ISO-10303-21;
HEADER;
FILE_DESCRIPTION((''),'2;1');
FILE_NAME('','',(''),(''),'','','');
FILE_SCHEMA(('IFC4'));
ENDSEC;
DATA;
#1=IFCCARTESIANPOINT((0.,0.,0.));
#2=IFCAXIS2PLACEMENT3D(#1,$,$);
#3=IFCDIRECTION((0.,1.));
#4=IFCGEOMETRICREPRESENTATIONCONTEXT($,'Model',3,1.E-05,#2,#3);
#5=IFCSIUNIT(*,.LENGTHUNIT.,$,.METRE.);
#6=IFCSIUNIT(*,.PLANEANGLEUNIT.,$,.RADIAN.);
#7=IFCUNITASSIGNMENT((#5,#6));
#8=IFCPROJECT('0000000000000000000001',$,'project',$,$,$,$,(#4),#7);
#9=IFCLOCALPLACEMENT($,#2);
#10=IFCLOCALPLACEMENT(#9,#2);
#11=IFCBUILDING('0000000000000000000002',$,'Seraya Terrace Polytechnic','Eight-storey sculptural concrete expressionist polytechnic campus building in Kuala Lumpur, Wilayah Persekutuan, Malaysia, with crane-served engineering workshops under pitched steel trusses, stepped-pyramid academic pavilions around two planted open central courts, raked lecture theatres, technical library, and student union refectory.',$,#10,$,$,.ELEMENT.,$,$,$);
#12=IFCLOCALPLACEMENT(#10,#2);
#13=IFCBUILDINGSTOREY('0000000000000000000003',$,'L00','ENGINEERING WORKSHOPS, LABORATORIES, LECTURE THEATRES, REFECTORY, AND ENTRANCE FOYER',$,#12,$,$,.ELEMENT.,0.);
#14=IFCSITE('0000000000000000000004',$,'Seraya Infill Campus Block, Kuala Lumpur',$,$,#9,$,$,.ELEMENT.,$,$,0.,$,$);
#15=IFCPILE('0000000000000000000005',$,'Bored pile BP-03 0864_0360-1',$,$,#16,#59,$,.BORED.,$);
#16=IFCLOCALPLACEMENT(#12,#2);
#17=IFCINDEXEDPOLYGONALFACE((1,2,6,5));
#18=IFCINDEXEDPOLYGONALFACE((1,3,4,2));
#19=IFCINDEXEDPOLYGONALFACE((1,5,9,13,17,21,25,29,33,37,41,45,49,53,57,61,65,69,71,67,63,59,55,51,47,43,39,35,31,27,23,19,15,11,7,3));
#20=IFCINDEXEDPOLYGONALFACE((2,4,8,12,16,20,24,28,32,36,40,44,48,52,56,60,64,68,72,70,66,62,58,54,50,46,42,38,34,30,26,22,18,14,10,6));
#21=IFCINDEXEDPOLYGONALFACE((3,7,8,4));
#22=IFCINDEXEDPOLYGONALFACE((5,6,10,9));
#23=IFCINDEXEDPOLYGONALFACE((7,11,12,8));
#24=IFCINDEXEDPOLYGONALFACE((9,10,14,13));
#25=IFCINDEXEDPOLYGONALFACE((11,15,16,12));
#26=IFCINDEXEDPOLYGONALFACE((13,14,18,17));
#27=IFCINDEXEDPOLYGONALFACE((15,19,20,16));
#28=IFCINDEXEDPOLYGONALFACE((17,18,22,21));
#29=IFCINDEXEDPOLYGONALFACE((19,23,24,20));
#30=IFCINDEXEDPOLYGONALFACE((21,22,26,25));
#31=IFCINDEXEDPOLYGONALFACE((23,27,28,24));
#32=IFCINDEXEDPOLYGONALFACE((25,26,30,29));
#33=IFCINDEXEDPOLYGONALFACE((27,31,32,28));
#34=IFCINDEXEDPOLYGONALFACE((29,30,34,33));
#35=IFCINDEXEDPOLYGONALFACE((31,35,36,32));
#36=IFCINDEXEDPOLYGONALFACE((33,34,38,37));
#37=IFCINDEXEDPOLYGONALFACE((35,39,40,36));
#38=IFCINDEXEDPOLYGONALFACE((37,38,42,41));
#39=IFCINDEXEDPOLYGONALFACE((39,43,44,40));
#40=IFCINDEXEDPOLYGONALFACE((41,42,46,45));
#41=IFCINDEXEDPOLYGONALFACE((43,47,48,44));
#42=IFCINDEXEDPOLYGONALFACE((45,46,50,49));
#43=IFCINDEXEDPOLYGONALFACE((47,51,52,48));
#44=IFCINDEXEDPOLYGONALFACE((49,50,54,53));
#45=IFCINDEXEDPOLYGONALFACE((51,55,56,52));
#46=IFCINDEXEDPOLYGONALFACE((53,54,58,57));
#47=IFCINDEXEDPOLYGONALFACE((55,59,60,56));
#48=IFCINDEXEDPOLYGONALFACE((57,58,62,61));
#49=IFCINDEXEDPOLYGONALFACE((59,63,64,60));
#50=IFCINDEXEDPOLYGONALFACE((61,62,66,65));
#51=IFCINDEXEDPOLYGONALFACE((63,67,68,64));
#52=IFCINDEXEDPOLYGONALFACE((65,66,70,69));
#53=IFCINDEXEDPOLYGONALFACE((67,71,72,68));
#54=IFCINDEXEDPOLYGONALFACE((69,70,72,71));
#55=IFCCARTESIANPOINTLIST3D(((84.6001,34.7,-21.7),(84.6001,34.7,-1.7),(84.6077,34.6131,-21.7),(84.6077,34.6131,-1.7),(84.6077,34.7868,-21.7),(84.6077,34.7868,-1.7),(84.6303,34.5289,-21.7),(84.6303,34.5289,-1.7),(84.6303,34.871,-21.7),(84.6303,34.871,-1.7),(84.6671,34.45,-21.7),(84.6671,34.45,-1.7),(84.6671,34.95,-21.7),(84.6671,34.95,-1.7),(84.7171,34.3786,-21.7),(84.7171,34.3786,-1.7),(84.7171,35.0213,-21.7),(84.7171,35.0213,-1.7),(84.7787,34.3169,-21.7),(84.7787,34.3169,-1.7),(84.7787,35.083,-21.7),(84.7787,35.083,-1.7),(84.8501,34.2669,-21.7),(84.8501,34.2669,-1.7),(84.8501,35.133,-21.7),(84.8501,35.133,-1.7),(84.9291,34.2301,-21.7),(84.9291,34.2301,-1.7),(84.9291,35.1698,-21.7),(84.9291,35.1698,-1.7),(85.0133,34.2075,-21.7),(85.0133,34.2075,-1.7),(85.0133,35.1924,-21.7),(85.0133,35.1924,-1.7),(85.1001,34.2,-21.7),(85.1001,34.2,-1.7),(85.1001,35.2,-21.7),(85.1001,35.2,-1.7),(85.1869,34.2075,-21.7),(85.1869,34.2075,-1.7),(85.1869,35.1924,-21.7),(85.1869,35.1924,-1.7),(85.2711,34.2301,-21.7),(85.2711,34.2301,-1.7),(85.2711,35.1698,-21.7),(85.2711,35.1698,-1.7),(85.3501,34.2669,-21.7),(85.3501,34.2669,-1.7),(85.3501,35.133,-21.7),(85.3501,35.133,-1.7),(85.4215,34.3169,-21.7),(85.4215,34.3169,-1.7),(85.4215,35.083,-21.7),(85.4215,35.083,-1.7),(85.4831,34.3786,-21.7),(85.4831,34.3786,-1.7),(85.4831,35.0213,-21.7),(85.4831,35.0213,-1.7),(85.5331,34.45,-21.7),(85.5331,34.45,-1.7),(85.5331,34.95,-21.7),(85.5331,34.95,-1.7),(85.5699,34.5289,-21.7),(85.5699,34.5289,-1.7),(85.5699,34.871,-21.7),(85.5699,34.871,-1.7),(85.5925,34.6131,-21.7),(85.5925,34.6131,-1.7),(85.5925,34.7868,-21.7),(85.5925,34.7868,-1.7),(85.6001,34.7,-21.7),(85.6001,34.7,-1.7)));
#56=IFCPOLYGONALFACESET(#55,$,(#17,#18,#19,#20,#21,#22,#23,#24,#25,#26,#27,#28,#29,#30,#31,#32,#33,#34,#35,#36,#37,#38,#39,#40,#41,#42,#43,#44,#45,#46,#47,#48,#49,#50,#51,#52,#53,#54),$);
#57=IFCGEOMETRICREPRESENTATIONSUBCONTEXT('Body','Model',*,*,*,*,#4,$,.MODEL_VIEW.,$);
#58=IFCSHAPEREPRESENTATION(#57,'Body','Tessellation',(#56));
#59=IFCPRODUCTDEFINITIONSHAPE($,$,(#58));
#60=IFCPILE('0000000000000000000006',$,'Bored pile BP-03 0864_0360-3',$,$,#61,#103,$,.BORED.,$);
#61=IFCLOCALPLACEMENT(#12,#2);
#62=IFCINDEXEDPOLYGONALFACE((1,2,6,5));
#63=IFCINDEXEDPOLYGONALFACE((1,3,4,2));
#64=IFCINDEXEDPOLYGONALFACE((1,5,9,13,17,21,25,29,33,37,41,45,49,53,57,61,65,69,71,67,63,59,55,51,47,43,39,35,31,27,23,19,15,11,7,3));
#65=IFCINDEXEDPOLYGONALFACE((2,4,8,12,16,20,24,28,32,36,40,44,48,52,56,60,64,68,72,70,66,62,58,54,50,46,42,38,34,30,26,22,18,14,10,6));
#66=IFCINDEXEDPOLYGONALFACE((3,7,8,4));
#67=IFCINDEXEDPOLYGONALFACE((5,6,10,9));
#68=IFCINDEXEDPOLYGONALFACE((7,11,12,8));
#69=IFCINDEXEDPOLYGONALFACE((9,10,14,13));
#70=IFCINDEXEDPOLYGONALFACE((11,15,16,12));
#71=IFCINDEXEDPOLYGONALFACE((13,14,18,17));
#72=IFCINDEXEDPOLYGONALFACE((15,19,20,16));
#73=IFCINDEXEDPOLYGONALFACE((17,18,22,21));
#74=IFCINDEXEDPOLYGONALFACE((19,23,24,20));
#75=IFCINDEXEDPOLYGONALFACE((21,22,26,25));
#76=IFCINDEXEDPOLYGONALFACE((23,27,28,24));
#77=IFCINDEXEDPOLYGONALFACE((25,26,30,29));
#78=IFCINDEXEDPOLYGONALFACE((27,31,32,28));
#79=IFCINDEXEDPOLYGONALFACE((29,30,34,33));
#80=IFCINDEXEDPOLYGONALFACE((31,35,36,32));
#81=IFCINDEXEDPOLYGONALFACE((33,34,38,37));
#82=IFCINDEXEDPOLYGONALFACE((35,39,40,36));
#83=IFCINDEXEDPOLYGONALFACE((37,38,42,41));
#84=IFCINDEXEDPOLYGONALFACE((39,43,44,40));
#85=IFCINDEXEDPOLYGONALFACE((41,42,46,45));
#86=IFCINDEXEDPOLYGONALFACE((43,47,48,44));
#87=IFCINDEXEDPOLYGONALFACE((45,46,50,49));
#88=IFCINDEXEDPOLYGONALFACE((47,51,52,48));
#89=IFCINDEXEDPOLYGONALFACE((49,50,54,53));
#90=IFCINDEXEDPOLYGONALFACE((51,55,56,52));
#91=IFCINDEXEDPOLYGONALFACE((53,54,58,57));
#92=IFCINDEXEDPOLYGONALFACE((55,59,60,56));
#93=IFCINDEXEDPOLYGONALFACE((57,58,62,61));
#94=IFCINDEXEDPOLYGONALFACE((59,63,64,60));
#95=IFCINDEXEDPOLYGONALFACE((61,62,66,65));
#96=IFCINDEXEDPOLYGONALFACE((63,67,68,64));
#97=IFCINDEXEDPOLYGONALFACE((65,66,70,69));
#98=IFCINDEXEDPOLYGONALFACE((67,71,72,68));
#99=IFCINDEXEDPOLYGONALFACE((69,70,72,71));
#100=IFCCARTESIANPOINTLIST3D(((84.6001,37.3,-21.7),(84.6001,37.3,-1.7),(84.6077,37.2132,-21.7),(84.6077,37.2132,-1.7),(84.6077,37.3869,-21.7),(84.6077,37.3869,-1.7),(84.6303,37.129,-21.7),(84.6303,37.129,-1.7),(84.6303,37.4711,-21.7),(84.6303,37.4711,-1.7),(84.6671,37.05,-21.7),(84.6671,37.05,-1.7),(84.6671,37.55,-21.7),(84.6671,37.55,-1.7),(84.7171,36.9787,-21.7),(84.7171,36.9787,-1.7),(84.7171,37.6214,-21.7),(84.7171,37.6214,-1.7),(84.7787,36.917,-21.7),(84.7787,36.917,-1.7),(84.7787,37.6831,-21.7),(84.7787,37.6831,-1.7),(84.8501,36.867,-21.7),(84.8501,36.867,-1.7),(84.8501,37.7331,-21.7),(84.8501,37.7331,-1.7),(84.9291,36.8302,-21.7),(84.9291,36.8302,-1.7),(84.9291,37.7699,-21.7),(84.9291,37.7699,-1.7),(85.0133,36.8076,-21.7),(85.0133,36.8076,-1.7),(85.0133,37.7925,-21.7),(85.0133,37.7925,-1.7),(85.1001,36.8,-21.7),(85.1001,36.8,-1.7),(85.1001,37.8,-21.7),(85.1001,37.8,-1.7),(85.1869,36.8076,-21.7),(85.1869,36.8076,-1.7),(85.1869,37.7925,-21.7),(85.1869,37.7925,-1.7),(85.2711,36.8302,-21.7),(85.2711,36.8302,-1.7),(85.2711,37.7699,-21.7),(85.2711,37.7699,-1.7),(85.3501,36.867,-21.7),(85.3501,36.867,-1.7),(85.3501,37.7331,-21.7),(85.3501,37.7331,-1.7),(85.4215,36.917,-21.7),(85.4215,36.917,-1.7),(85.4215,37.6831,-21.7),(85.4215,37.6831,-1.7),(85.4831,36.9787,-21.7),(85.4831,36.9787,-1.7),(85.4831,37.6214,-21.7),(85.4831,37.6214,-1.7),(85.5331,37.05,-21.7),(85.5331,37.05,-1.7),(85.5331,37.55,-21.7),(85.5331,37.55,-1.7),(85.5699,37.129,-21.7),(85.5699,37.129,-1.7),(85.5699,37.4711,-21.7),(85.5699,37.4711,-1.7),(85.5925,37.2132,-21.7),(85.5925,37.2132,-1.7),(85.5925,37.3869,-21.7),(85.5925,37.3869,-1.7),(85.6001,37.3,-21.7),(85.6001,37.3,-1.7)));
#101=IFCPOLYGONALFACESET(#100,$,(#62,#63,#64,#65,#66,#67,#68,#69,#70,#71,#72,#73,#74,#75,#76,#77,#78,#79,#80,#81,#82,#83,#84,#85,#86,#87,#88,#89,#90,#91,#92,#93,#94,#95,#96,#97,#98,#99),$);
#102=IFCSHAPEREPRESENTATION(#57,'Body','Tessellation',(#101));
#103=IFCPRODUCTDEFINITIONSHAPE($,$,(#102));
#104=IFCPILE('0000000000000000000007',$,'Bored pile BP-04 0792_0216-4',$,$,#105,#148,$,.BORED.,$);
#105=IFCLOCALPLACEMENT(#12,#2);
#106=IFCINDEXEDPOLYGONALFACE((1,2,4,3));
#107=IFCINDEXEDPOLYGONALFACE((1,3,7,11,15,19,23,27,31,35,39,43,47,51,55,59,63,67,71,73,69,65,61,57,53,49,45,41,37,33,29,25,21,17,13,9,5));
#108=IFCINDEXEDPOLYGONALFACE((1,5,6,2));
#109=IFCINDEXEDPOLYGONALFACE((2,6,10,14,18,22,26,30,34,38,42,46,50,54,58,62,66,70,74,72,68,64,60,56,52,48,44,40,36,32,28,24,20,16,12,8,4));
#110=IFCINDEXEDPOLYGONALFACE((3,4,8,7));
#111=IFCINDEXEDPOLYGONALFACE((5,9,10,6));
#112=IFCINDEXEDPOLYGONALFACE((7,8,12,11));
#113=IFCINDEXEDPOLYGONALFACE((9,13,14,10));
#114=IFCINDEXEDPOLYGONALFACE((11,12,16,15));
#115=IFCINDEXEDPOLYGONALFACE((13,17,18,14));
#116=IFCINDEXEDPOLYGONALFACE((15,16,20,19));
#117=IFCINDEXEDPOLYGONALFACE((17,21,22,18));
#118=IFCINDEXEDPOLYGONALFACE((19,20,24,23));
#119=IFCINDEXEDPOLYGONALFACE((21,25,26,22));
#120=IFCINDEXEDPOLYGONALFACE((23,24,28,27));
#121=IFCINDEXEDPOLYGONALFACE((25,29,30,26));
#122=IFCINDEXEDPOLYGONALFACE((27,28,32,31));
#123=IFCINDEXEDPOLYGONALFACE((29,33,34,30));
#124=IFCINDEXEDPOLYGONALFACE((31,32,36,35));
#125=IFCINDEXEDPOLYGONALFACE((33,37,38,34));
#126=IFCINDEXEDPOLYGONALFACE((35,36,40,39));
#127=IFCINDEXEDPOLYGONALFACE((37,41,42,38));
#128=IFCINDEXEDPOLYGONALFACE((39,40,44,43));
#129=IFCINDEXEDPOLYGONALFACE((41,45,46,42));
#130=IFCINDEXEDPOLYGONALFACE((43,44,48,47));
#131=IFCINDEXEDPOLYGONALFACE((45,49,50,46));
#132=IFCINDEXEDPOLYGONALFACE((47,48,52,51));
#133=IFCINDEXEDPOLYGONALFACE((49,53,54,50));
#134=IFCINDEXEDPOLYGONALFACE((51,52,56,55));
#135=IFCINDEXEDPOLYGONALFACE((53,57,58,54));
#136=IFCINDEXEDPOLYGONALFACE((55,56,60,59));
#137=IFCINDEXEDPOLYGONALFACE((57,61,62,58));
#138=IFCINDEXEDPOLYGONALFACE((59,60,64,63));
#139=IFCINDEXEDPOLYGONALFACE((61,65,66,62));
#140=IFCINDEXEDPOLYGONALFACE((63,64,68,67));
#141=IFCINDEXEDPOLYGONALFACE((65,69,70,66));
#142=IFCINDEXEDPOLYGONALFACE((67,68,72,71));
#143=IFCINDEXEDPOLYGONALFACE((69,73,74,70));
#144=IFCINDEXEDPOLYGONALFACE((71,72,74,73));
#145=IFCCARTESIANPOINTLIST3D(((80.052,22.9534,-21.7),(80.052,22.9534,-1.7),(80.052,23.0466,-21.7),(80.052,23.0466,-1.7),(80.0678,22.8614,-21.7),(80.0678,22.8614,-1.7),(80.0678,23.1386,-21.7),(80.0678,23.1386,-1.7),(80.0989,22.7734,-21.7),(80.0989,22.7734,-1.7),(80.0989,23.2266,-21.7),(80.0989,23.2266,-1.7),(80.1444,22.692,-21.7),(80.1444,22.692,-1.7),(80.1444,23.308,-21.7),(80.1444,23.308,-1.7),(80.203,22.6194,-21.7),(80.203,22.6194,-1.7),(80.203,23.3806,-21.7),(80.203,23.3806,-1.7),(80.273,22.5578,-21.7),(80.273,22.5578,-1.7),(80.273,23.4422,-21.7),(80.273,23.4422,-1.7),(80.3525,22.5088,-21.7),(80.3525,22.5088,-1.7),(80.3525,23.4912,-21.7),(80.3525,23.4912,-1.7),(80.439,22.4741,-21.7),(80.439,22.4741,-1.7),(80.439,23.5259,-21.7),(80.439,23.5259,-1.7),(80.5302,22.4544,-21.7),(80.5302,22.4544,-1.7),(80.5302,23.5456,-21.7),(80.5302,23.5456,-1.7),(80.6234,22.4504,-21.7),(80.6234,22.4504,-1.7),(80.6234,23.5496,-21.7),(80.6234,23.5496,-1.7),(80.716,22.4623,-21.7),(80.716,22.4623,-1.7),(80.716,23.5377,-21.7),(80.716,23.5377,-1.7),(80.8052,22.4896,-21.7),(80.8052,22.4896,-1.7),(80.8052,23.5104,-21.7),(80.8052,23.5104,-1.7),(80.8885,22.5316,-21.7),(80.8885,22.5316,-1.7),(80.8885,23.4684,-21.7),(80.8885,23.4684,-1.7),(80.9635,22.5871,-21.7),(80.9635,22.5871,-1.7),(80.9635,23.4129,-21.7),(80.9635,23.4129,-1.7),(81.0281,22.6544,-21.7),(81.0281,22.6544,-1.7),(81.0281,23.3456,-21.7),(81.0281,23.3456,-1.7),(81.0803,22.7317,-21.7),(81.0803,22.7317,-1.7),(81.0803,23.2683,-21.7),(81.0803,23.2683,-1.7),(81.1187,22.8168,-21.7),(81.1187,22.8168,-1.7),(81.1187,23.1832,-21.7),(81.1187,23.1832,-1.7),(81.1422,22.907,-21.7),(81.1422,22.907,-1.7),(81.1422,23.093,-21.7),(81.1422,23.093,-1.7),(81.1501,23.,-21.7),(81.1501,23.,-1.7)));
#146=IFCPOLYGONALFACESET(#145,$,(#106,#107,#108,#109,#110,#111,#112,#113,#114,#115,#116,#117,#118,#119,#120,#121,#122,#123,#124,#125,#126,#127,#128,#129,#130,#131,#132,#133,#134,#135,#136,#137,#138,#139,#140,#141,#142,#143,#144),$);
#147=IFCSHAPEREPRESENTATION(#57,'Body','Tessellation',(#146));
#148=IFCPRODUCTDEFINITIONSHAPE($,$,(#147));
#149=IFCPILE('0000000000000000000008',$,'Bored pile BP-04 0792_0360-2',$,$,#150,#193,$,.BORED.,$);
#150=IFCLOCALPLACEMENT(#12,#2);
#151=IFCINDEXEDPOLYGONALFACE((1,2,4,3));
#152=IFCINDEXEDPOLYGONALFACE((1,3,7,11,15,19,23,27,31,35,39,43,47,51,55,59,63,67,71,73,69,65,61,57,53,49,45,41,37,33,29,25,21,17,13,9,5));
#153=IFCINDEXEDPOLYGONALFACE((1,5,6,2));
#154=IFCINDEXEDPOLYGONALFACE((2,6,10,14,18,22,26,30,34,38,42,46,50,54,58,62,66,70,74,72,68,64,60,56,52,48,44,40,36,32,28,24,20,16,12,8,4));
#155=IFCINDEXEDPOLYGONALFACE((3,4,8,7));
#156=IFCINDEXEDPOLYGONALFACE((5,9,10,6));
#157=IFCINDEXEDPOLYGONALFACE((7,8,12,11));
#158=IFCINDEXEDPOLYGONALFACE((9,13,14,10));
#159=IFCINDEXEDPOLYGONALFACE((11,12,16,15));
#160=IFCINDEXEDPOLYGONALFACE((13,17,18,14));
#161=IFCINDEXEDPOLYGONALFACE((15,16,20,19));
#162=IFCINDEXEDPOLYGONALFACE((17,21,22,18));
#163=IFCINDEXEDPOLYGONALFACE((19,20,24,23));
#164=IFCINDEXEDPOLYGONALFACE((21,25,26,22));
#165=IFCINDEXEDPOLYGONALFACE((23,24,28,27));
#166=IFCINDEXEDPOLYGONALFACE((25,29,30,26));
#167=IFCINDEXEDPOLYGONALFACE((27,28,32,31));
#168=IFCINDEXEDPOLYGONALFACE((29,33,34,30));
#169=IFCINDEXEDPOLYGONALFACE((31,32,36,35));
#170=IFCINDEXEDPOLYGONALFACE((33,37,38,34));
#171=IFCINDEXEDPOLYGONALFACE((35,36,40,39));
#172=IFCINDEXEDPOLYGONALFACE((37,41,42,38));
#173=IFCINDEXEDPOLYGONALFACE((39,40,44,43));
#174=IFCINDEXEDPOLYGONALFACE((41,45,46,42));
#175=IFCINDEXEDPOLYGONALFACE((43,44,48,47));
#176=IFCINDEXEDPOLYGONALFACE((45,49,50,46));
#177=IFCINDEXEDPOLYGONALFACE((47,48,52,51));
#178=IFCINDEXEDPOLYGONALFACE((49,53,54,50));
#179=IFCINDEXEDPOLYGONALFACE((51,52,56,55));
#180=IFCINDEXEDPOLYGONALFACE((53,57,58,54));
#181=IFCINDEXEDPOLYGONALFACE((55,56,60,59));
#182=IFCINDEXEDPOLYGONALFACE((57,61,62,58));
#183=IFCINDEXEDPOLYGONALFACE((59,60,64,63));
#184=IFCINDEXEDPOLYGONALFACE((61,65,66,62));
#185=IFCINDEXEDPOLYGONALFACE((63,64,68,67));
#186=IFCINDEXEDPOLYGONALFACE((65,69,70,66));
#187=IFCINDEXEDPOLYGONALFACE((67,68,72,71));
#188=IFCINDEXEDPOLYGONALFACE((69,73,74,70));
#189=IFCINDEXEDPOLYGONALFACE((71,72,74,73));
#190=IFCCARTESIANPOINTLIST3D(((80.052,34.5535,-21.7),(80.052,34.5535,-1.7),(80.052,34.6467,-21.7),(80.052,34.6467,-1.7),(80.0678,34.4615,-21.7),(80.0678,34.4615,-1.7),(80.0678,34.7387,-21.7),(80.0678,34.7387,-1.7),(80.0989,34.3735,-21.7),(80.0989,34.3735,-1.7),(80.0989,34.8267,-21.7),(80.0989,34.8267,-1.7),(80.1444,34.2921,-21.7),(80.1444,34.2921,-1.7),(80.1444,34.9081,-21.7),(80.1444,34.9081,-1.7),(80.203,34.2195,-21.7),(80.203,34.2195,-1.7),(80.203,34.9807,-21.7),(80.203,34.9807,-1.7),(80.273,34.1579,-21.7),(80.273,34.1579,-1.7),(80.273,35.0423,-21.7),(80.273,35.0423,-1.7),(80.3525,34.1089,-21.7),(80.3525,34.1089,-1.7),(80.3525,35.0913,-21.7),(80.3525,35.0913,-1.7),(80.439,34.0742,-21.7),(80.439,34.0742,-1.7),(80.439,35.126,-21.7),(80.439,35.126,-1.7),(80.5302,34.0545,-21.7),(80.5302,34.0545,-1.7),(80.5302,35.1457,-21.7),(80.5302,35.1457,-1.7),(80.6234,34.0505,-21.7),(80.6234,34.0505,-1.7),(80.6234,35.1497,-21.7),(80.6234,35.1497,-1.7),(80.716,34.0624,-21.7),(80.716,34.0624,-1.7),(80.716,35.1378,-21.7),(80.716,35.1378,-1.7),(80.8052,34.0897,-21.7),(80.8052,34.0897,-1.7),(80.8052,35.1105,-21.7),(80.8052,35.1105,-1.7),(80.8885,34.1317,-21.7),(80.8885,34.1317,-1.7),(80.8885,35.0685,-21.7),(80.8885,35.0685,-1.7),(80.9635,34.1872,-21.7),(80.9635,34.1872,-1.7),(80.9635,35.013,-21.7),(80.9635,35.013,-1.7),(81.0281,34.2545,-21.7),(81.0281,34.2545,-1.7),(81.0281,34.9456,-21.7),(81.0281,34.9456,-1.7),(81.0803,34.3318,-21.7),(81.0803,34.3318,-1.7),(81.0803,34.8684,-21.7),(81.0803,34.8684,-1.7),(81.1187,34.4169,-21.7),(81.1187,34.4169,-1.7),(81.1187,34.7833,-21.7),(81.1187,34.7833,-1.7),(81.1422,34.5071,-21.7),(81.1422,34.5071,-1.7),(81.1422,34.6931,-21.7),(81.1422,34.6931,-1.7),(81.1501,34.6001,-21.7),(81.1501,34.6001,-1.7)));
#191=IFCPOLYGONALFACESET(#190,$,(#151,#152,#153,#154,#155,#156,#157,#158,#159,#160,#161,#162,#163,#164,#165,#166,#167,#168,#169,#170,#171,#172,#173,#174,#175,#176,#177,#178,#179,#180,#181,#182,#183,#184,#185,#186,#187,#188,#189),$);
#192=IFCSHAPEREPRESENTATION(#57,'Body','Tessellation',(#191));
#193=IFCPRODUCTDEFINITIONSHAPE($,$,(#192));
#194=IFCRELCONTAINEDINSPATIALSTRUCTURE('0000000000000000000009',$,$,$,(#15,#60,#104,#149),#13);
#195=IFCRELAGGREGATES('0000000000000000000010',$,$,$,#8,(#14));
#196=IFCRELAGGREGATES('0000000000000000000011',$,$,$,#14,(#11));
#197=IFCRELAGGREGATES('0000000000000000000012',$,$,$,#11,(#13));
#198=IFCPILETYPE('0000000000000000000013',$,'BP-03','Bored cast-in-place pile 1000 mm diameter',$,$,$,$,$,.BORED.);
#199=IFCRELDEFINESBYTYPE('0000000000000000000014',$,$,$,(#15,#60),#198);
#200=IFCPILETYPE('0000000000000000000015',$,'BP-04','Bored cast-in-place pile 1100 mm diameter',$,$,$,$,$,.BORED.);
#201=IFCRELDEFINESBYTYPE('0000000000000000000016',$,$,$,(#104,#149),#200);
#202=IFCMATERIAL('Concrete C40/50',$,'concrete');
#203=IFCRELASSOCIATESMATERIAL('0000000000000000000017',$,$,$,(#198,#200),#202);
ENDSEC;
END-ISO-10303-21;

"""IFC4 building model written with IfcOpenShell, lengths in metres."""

from ifc_helpers import new_model, si_unit, direction, frame, origin, origin_2d, place, context, subcontext, project, spatial, circle, extrude, material, material_profile, profile_set, type_object, element, save


model = new_model("IFC4")

# Units and contexts
model_context = context("Model", 3, precision=1e-05, world=origin(), true_north=direction((0.0, 1.0)))
body_context = subcontext(model_context, "Body", "Model", "MODEL_VIEW")
ifc_project = project(units=[si_unit("LENGTHUNIT", "METRE"), si_unit("PLANEANGLEUNIT", "RADIAN")], contexts=[model_context])

# Site, building, storey
site_placement = place(None, origin())
site = spatial("IfcSite", under=ifc_project, at=site_placement, Name="Seraya Infill Campus Block, Kuala Lumpur", CompositionType="ELEMENT", RefElevation=0.0)
building_placement = place(site_placement, origin())
building = spatial("IfcBuilding", under=site, at=building_placement, Name="Seraya Terrace Polytechnic", Description="Eight-storey sculptural concrete expressionist polytechnic campus building in Kuala Lumpur, Wilayah Persekutuan, Malaysia, with crane-served engineering workshops under pitched steel trusses, stepped-pyramid academic pavilions around two planted open central courts, raked lecture theatres, technical library, and student union refectory.", CompositionType="ELEMENT")
storey_placement = place(building_placement, origin())
storey = spatial("IfcBuildingStorey", under=building, at=storey_placement, Name="L00", Description="ENGINEERING WORKSHOPS, LABORATORIES, LECTURE THEATRES, REFECTORY, AND ENTRANCE FOYER", CompositionType="ELEMENT", Elevation=0.0)

# Piles
ifc_material_1 = material(Name="Concrete C40/50", Category="concrete")
ifc_material_profile_1 = material_profile(ifc_material_1, circle(Radius=0.5, at=origin_2d()), Name="DIA 1000")
ifc_profile_set_1 = profile_set([ifc_material_profile_1], Name="Concrete C40/50")
pile_type_1 = type_object("IfcPileType", Name="BP-03", Description="Bored cast-in-place pile 1000 mm diameter", PredefinedType="BORED", material=ifc_profile_set_1)
for number, where, z_axis, x_axis, name in (
    (1, (85.1001, 34.7, -1.7), (0.0, 0.0, -1.0), (1.0, 0.0, 0.0), "Bored pile BP-03 0864_0360-1"),
    (2, (85.1001, 37.3, -1.7), (0.0, 0.0, -1.0), (1.0, 0.0, 0.0), "Bored pile BP-03 0864_0360-3"),
):
    element("IfcPile", number, at=place(storey_placement, frame(where, z_axis=z_axis, x_axis=x_axis)), inside=storey, type_object=pile_type_1, Name=name, PredefinedType="BORED", context=body_context, shape_type="SweptSolid", body=[
        extrude(circle(Radius=0.5, at=origin_2d()), origin(), (0.0, 0.0, 1.0), 20.0),
    ])
ifc_material_profile_2 = material_profile(ifc_material_1, circle(Radius=0.55, at=origin_2d()), Name="DIA 1100")
ifc_profile_set_2 = profile_set([ifc_material_profile_2], Name="Concrete C40/50")
pile_type_2 = type_object("IfcPileType", Name="BP-04", Description="Bored cast-in-place pile 1100 mm diameter", PredefinedType="BORED", material=ifc_profile_set_2)
for number, where, z_axis, x_axis, name in (
    (3, (80.6001, 23.0, -1.7), (0.0, 0.0, -1.0), (1.0, 0.0, 0.0), "Bored pile BP-04 0792_0216-4"),
    (4, (80.6001, 34.6001, -1.7), (0.0, 0.0, -1.0), (1.0, 0.0, 0.0), "Bored pile BP-04 0792_0360-2"),
):
    element("IfcPile", number, at=place(storey_placement, frame(where, z_axis=z_axis, x_axis=x_axis)), inside=storey, type_object=pile_type_2, Name=name, PredefinedType="BORED", context=body_context, shape_type="SweptSolid", body=[
        extrude(circle(Radius=0.55, at=origin_2d()), origin(), (0.0, 0.0, 1.0), 20.0),
    ])

save(model, "model.ifc")
